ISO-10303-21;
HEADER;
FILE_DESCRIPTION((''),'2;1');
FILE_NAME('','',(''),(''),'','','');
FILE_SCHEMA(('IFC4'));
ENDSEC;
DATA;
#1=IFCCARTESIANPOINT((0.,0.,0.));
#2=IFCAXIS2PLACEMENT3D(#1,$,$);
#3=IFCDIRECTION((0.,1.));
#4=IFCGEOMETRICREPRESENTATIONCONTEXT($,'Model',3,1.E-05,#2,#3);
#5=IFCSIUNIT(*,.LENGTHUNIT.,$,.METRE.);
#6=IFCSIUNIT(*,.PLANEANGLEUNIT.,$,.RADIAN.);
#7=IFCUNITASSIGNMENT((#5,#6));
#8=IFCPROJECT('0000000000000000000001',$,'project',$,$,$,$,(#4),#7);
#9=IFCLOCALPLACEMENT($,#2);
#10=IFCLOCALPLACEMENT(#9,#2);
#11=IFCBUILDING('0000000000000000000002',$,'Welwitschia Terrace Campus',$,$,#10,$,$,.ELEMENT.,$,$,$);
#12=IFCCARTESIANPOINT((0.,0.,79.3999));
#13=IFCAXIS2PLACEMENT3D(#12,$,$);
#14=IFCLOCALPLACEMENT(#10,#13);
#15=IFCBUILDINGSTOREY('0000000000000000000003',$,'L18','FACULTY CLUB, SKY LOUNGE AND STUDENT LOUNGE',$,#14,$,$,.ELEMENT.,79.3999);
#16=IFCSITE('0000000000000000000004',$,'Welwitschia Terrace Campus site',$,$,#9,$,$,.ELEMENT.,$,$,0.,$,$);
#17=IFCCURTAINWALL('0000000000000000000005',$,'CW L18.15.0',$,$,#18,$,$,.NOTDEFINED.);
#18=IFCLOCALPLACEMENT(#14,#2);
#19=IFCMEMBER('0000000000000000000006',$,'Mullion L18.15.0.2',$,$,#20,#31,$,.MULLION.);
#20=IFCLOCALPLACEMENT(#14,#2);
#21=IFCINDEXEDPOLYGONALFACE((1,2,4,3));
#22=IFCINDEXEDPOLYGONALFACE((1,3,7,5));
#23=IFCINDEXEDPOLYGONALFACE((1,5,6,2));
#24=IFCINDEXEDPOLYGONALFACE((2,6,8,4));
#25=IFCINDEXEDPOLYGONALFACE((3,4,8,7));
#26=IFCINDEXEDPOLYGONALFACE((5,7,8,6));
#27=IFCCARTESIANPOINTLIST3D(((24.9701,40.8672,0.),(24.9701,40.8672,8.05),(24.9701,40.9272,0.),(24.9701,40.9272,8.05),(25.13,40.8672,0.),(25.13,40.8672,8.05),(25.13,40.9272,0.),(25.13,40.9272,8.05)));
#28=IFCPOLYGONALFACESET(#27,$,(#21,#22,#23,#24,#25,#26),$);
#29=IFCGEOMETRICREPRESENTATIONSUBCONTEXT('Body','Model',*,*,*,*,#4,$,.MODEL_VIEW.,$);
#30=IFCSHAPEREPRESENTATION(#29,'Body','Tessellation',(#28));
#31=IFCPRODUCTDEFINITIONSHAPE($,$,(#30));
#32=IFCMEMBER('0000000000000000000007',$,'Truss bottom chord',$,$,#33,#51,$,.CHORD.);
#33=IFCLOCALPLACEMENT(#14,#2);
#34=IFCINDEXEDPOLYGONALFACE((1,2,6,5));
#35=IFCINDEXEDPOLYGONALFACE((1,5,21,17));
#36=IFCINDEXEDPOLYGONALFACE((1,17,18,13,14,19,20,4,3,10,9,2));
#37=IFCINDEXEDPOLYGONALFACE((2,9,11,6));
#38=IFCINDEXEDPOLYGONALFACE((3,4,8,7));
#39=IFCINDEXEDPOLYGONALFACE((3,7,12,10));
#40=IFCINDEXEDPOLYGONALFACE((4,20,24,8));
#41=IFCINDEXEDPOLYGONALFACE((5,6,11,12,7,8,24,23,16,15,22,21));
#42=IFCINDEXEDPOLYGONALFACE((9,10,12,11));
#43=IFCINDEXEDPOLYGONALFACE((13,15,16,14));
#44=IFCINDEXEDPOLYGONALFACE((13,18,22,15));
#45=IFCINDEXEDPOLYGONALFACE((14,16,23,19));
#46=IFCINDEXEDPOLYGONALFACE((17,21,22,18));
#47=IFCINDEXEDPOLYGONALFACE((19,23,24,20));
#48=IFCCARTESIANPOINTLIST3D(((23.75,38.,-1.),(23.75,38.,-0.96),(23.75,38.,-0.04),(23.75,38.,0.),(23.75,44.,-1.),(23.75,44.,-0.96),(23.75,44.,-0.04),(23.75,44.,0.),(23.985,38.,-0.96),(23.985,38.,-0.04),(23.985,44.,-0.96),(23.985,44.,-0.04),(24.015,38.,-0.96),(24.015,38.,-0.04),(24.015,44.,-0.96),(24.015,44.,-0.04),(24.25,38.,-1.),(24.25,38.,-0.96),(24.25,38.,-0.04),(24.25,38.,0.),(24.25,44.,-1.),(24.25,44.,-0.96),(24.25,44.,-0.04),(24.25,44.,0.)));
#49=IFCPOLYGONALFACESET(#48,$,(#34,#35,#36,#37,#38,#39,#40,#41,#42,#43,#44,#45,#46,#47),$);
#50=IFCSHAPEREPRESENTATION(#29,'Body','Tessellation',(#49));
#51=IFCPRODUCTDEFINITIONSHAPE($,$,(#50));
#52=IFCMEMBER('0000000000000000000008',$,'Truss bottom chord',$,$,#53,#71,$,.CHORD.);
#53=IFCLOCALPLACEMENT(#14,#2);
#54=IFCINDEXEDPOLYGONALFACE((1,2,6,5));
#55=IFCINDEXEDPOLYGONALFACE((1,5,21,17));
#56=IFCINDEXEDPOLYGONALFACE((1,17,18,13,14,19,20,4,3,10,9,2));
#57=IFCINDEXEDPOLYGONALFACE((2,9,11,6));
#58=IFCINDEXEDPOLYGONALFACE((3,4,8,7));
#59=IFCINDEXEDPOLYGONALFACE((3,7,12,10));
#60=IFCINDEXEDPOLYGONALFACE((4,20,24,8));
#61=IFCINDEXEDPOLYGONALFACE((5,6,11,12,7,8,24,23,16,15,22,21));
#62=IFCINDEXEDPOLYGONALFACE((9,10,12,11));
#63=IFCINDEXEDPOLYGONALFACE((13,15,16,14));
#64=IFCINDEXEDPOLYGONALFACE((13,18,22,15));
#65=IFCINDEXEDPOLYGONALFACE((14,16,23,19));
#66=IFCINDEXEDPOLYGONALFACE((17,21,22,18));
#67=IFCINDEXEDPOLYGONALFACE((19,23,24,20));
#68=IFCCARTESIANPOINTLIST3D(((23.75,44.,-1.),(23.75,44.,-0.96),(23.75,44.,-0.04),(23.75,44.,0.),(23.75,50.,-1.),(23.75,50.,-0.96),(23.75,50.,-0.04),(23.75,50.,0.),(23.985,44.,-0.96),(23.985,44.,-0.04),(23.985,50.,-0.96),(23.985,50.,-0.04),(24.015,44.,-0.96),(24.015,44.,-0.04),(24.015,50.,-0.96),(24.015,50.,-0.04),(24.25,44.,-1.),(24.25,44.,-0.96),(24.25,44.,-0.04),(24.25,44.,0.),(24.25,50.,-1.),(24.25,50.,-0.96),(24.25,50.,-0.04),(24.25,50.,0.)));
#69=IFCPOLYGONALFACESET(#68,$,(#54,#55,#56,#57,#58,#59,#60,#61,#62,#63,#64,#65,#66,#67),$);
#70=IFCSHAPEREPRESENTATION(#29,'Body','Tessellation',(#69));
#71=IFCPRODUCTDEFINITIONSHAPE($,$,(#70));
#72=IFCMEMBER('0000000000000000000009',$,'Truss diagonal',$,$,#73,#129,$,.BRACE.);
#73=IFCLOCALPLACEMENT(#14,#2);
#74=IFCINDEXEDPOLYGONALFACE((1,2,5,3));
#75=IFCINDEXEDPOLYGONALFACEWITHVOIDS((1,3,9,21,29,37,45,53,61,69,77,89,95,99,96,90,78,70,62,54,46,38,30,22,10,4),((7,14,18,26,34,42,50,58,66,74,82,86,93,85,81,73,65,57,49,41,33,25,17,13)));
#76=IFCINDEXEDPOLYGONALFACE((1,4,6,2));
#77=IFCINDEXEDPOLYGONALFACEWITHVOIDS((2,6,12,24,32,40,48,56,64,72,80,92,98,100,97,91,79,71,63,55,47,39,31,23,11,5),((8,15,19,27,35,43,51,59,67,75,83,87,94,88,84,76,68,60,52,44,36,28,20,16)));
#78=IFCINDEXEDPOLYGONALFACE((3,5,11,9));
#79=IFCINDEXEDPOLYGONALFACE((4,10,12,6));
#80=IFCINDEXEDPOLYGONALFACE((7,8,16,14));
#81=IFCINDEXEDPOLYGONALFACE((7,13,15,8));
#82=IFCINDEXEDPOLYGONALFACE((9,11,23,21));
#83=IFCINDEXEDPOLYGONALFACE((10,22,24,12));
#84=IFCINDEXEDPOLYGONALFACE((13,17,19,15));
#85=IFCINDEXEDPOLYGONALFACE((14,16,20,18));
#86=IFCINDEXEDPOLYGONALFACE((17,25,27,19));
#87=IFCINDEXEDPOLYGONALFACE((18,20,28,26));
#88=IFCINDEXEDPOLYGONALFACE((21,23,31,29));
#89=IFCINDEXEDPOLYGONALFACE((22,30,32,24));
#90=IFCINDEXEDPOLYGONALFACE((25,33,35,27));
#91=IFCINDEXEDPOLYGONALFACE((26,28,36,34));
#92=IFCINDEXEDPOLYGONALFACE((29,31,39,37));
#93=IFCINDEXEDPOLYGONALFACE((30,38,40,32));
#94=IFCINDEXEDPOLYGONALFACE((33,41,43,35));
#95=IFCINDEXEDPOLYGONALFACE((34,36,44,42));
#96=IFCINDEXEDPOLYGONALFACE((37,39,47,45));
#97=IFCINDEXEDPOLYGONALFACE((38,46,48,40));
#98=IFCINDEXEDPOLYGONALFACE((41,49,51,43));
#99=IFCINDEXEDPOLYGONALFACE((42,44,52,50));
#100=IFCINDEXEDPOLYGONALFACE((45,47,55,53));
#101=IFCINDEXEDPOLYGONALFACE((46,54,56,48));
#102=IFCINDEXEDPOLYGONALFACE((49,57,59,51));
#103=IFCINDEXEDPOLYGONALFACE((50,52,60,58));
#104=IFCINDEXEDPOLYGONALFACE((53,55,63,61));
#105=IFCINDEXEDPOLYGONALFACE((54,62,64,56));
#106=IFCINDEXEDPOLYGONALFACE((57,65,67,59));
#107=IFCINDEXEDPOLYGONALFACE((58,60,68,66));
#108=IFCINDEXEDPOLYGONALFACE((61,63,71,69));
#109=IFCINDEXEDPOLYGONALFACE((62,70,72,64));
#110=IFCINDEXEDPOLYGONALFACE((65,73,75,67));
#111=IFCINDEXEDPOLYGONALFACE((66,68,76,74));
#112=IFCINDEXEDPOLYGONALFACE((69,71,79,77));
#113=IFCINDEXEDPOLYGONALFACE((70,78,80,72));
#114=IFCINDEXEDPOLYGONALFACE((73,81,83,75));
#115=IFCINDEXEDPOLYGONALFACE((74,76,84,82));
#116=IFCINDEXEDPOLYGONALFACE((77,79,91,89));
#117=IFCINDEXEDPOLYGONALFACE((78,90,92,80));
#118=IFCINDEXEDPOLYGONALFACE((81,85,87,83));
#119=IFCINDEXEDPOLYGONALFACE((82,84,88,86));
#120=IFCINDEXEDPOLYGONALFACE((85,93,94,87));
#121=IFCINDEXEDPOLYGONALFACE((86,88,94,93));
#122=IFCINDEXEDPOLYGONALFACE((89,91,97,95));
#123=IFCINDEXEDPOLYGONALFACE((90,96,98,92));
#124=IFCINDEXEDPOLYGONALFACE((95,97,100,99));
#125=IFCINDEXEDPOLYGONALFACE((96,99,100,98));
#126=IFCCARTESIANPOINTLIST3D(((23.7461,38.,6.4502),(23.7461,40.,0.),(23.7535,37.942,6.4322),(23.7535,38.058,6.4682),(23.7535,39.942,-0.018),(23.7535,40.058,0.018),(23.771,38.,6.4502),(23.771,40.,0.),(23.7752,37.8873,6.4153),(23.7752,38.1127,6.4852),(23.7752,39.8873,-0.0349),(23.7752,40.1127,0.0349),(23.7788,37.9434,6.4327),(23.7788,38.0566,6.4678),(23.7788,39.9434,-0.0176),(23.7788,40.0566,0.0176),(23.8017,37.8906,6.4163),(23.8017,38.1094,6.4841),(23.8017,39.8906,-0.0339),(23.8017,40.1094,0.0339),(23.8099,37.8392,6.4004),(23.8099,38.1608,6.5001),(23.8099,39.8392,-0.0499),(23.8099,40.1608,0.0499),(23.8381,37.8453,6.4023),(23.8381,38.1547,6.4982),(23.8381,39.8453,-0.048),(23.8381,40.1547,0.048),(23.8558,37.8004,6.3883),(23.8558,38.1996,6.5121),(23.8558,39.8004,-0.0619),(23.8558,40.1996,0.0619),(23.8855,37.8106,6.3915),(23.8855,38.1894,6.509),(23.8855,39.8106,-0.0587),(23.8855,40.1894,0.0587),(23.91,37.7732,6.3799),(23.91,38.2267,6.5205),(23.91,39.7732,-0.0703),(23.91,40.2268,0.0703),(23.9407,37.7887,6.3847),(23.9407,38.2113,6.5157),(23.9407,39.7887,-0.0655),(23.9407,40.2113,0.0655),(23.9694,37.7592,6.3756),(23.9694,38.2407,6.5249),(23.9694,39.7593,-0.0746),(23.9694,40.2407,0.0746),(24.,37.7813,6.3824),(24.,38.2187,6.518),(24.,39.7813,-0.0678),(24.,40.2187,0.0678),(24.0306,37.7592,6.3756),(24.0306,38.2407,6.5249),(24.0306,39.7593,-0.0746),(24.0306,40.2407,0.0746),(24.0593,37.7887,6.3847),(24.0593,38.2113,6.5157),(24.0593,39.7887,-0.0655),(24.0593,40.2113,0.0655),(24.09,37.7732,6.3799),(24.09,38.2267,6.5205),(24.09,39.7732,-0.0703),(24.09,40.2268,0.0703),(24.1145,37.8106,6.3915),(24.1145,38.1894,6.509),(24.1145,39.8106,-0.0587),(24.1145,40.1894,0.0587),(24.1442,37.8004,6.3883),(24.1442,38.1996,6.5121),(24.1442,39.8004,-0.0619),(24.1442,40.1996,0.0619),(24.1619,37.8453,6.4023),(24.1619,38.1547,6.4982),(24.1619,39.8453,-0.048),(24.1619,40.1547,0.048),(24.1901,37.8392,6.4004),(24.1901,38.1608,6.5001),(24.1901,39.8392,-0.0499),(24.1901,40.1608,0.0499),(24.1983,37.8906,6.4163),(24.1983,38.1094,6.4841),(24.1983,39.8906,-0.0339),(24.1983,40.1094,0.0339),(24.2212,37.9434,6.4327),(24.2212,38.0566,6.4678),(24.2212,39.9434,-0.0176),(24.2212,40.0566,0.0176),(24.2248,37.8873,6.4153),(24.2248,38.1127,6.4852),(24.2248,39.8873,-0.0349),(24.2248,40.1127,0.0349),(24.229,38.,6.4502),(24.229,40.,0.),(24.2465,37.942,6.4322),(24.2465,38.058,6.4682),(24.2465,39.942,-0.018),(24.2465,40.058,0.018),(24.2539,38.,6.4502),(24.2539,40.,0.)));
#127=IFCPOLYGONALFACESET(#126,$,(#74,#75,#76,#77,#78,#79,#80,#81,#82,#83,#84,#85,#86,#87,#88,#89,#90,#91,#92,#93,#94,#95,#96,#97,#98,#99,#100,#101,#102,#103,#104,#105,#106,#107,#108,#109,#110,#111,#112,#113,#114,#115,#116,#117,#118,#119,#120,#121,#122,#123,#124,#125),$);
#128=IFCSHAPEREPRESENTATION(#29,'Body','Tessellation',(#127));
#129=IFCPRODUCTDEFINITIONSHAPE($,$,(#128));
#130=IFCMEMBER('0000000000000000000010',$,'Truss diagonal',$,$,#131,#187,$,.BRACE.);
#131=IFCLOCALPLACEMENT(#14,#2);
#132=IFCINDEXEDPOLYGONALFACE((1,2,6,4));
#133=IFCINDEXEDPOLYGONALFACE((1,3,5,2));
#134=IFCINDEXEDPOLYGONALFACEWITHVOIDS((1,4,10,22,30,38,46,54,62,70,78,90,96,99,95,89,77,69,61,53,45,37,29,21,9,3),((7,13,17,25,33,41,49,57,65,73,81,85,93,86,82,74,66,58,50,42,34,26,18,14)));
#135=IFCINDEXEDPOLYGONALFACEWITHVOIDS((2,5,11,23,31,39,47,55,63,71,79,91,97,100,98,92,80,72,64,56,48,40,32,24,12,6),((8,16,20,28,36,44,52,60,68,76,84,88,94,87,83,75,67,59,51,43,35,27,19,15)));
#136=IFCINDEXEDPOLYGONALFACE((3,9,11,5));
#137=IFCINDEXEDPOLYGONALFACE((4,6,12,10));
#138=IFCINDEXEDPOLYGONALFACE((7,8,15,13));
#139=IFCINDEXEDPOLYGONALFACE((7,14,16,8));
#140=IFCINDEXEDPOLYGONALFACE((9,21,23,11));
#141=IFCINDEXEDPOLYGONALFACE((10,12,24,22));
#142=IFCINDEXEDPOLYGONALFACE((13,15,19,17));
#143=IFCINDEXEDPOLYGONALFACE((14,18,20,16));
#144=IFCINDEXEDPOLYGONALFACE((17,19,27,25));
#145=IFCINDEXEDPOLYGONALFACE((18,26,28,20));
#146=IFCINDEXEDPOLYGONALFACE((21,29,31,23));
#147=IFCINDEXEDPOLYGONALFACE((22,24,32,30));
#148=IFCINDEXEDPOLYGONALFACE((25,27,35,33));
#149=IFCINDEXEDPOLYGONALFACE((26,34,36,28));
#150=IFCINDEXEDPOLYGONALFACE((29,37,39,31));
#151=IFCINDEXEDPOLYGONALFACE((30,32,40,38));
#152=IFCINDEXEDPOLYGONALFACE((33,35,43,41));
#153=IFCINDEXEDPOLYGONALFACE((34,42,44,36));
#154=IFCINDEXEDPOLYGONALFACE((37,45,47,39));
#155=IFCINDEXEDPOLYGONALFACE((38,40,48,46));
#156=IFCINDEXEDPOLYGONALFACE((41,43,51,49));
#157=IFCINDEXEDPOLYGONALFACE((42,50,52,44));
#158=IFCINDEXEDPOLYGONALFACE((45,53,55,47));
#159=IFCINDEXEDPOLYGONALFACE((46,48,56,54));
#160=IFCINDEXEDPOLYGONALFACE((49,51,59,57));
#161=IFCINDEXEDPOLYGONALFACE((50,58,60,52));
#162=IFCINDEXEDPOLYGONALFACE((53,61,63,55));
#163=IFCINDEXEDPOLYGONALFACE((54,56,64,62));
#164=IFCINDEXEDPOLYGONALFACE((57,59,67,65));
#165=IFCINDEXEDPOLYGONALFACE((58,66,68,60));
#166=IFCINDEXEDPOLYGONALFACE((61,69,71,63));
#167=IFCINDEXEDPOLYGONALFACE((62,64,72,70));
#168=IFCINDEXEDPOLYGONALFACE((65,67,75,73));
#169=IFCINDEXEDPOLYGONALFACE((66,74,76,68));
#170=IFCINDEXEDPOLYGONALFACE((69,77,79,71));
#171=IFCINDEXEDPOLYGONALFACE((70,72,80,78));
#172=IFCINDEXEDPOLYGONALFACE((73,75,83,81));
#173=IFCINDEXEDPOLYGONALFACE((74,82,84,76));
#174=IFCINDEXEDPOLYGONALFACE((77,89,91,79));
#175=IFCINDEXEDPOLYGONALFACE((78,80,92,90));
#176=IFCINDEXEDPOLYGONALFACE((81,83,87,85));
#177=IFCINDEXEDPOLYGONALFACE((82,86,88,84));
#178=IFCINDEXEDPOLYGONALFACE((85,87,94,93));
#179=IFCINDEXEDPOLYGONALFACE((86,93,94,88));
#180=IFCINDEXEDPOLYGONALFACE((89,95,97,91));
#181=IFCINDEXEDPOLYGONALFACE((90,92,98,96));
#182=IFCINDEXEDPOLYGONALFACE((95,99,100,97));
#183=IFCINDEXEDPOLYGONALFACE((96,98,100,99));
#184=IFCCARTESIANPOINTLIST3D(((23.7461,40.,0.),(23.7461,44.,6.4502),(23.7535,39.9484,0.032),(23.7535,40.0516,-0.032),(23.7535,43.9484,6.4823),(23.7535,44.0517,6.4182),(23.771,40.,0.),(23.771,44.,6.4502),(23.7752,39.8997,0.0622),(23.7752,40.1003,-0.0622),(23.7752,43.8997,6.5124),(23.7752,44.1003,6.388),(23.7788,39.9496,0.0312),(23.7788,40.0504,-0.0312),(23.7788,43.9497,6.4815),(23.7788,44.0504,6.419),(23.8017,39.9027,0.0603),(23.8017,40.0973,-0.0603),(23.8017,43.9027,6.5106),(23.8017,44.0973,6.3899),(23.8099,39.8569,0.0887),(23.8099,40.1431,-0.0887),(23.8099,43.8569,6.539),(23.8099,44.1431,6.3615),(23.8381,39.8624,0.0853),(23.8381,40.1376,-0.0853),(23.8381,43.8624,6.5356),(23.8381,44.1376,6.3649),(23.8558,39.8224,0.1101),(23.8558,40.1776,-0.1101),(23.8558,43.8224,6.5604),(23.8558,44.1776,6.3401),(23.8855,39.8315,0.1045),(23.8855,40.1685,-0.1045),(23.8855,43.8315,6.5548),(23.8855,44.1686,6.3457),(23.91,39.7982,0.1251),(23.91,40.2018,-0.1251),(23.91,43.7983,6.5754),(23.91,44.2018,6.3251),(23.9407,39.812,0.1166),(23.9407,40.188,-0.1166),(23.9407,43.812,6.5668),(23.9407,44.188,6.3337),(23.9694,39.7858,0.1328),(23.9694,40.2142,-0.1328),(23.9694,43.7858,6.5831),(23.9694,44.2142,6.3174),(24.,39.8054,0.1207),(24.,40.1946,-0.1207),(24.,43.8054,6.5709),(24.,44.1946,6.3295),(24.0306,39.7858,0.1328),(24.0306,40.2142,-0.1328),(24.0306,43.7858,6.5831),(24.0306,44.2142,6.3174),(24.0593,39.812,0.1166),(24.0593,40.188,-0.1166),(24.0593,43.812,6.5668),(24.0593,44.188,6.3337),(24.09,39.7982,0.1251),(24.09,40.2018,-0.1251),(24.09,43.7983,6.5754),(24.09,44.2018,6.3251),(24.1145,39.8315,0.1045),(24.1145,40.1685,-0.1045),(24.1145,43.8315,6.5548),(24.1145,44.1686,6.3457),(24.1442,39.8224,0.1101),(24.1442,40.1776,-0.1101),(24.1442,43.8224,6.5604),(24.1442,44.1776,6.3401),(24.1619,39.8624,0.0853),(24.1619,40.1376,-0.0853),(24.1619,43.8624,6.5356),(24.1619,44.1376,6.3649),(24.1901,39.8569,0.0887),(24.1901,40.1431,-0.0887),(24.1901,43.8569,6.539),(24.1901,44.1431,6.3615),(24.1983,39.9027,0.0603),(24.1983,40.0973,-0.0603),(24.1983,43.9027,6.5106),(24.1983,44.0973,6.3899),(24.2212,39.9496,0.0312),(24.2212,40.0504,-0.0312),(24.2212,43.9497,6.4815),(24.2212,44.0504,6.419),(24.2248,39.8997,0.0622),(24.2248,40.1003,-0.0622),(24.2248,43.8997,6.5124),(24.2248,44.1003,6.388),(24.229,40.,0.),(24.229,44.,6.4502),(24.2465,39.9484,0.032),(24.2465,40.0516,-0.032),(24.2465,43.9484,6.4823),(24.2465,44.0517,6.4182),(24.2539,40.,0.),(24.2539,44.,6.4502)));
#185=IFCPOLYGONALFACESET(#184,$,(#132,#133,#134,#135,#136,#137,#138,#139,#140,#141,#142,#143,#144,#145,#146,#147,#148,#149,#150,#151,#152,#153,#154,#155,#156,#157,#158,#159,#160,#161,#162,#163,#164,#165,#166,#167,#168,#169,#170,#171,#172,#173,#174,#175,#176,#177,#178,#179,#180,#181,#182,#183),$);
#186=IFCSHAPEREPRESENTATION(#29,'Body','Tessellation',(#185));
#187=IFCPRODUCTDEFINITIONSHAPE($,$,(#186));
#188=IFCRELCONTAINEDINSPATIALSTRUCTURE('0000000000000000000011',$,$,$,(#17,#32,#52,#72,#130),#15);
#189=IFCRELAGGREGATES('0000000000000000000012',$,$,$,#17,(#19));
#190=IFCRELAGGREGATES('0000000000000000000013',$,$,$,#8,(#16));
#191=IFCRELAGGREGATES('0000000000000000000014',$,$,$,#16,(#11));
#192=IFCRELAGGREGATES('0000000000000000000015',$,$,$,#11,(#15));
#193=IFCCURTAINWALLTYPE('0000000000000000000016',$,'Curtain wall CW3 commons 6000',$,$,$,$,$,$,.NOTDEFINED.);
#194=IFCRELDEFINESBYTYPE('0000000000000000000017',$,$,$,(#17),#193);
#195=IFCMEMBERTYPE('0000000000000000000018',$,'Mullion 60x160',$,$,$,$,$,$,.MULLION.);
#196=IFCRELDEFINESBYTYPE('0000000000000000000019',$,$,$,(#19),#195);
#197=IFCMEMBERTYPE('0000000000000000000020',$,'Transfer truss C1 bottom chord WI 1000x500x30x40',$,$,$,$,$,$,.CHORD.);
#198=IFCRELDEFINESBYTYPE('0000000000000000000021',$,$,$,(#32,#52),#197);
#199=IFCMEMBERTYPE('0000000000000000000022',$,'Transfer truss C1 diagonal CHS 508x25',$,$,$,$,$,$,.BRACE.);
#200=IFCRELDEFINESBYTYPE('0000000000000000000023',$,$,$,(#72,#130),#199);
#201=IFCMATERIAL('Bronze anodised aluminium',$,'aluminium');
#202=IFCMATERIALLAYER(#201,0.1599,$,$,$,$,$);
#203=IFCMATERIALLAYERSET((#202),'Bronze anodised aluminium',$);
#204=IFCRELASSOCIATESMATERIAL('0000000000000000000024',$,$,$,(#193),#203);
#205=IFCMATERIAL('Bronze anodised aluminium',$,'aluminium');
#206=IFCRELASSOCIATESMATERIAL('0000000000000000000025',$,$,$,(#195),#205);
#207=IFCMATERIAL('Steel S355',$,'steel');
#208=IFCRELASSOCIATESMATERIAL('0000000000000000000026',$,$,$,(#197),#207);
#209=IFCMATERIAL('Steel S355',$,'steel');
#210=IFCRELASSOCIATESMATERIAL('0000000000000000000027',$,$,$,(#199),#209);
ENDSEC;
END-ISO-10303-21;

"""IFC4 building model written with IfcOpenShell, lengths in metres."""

from ifc_helpers import new_model, si_unit, direction, frame, origin, origin_2d, place, context, subcontext, project, spatial, rectangle, hollow_circle, i_section, extrude, material, layer, layer_set, material_profile, profile_set, type_object, element, aggregate, save


model = new_model("IFC4")

# Units and contexts
model_context = context("Model", 3, precision=1e-05, world=origin(), true_north=direction((0.0, 1.0)))
body_context = subcontext(model_context, "Body", "Model", "MODEL_VIEW")
ifc_project = project(units=[si_unit("LENGTHUNIT", "METRE"), si_unit("PLANEANGLEUNIT", "RADIAN")], contexts=[model_context])

# Site, building, storey
site_placement = place(None, origin())
site = spatial("IfcSite", under=ifc_project, at=site_placement, Name="Welwitschia Terrace Campus site", CompositionType="ELEMENT", RefElevation=0.0)
building_placement = place(site_placement, origin())
building = spatial("IfcBuilding", under=site, at=building_placement, Name="Welwitschia Terrace Campus", CompositionType="ELEMENT")
storey_placement = place(building_placement, frame((0.0, 0.0, 79.3999)))
storey = spatial("IfcBuildingStorey", under=building, at=storey_placement, Name="L18", Description="FACULTY CLUB, SKY LOUNGE AND STUDENT LOUNGE", CompositionType="ELEMENT", Elevation=79.3999)

# Curtain wall, member
ifc_material_1 = material(Name="Bronze anodised aluminium", Category="aluminium")
ifc_layer_1 = layer(ifc_material_1, 0.1599)
ifc_layer_set_1 = layer_set([ifc_layer_1], Name="Bronze anodised aluminium")
curtain_wall_type = type_object("IfcCurtainWallType", Name="Curtain wall CW3 commons 6000", PredefinedType="NOTDEFINED", material=ifc_layer_set_1)
curtain_wall_placement = place(storey_placement, origin())
curtain_wall = element("IfcCurtainWall", 1, at=curtain_wall_placement, inside=storey, type_object=curtain_wall_type, Name="CW L18.15.0", PredefinedType="NOTDEFINED")
ifc_material_2 = material(Name="Bronze anodised aluminium", Category="aluminium")
ifc_material_profile_1 = material_profile(ifc_material_2, rectangle(XDim=0.1599, YDim=0.0601, at=origin_2d()))
ifc_profile_set_1 = profile_set([ifc_material_profile_1], Name="Bronze anodised aluminium")
member_type_1 = type_object("IfcMemberType", Name="Mullion 60x160", PredefinedType="MULLION", material=ifc_profile_set_1)
member_1_placement = place(storey_placement, frame((25.05, 40.8972, 0.0), z_axis=(0.0, 0.0, 1.0), x_axis=(-1.0, 0.0, 0.0)))
member_1 = element("IfcMember", 2, at=member_1_placement, type_object=member_type_1, Name="Mullion L18.15.0.2", PredefinedType="MULLION", context=body_context, shape_type="SweptSolid", body=[
    extrude(rectangle(XDim=0.1599, YDim=0.0601, at=origin_2d()), origin(), (0.0, 0.0, 1.0), 8.05),
])

# Members
ifc_material_3 = material(Name="Steel S355", Category="steel")
ifc_material_profile_2 = material_profile(ifc_material_3, i_section(OverallWidth=0.5, OverallDepth=1.0, WebThickness=0.03, FlangeThickness=0.04, at=origin_2d()))
ifc_profile_set_2 = profile_set([ifc_material_profile_2], Name="Steel S355")
member_type_2 = type_object("IfcMemberType", Name="Transfer truss C1 bottom chord WI 1000x500x30x40", PredefinedType="CHORD", material=ifc_profile_set_2)
for number, where, z_axis, x_axis, name in (
    (3, (24.0, 38.0, -0.5), (0.0, 1.0, 0.0), (-1.0, 0.0, 0.0), "Truss bottom chord"),
    (4, (24.0, 44.0, -0.5), (0.0, 1.0, 0.0), (-1.0, 0.0, 0.0), "Truss bottom chord"),
):
    element("IfcMember", number, at=place(storey_placement, frame(where, z_axis=z_axis, x_axis=x_axis)), inside=storey, type_object=member_type_2, Name=name, PredefinedType="CHORD", context=body_context, shape_type="SweptSolid", body=[
        extrude(i_section(OverallWidth=0.5, OverallDepth=1.0, WebThickness=0.03, FlangeThickness=0.04, at=origin_2d()), origin(), (0.0, 0.0, 1.0), 6.0),
    ])
ifc_material_4 = material(Name="Steel S355", Category="steel")
ifc_material_profile_3 = material_profile(ifc_material_4, hollow_circle(Radius=0.2539, WallThickness=0.0249, at=origin_2d()))
ifc_profile_set_3 = profile_set([ifc_material_profile_3], Name="Steel S355")
member_type_3 = type_object("IfcMemberType", Name="Transfer truss C1 diagonal CHS 508x25", PredefinedType="BRACE", material=ifc_profile_set_3)
member_2_placement = place(storey_placement, frame((24.0, 40.0, 0.0), z_axis=(0.0, -0.296158, 0.955139), x_axis=(1.0, 0.0, 0.0)))
element("IfcMember", 5, at=member_2_placement, inside=storey, type_object=member_type_3, Name="Truss diagonal", PredefinedType="BRACE", context=body_context, shape_type="SweptSolid", body=[
    extrude(hollow_circle(Radius=0.2539, WallThickness=0.0249, at=origin_2d()), origin(), (0.0, 0.0, 1.0), 6.7532),
])
member_3_placement = place(storey_placement, frame((24.0, 40.0, 0.0), z_axis=(0.0, 0.527023, 0.849851), x_axis=(-1.0, 0.0, 0.0)))
element("IfcMember", 6, at=member_3_placement, inside=storey, type_object=member_type_3, Name="Truss diagonal", PredefinedType="BRACE", context=body_context, shape_type="SweptSolid", body=[
    extrude(hollow_circle(Radius=0.2539, WallThickness=0.0249, at=origin_2d()), origin(), (0.0, 0.0, 1.0), 7.5898),
])

aggregate(curtain_wall, [member_1])

save(model, "model.ifc")
